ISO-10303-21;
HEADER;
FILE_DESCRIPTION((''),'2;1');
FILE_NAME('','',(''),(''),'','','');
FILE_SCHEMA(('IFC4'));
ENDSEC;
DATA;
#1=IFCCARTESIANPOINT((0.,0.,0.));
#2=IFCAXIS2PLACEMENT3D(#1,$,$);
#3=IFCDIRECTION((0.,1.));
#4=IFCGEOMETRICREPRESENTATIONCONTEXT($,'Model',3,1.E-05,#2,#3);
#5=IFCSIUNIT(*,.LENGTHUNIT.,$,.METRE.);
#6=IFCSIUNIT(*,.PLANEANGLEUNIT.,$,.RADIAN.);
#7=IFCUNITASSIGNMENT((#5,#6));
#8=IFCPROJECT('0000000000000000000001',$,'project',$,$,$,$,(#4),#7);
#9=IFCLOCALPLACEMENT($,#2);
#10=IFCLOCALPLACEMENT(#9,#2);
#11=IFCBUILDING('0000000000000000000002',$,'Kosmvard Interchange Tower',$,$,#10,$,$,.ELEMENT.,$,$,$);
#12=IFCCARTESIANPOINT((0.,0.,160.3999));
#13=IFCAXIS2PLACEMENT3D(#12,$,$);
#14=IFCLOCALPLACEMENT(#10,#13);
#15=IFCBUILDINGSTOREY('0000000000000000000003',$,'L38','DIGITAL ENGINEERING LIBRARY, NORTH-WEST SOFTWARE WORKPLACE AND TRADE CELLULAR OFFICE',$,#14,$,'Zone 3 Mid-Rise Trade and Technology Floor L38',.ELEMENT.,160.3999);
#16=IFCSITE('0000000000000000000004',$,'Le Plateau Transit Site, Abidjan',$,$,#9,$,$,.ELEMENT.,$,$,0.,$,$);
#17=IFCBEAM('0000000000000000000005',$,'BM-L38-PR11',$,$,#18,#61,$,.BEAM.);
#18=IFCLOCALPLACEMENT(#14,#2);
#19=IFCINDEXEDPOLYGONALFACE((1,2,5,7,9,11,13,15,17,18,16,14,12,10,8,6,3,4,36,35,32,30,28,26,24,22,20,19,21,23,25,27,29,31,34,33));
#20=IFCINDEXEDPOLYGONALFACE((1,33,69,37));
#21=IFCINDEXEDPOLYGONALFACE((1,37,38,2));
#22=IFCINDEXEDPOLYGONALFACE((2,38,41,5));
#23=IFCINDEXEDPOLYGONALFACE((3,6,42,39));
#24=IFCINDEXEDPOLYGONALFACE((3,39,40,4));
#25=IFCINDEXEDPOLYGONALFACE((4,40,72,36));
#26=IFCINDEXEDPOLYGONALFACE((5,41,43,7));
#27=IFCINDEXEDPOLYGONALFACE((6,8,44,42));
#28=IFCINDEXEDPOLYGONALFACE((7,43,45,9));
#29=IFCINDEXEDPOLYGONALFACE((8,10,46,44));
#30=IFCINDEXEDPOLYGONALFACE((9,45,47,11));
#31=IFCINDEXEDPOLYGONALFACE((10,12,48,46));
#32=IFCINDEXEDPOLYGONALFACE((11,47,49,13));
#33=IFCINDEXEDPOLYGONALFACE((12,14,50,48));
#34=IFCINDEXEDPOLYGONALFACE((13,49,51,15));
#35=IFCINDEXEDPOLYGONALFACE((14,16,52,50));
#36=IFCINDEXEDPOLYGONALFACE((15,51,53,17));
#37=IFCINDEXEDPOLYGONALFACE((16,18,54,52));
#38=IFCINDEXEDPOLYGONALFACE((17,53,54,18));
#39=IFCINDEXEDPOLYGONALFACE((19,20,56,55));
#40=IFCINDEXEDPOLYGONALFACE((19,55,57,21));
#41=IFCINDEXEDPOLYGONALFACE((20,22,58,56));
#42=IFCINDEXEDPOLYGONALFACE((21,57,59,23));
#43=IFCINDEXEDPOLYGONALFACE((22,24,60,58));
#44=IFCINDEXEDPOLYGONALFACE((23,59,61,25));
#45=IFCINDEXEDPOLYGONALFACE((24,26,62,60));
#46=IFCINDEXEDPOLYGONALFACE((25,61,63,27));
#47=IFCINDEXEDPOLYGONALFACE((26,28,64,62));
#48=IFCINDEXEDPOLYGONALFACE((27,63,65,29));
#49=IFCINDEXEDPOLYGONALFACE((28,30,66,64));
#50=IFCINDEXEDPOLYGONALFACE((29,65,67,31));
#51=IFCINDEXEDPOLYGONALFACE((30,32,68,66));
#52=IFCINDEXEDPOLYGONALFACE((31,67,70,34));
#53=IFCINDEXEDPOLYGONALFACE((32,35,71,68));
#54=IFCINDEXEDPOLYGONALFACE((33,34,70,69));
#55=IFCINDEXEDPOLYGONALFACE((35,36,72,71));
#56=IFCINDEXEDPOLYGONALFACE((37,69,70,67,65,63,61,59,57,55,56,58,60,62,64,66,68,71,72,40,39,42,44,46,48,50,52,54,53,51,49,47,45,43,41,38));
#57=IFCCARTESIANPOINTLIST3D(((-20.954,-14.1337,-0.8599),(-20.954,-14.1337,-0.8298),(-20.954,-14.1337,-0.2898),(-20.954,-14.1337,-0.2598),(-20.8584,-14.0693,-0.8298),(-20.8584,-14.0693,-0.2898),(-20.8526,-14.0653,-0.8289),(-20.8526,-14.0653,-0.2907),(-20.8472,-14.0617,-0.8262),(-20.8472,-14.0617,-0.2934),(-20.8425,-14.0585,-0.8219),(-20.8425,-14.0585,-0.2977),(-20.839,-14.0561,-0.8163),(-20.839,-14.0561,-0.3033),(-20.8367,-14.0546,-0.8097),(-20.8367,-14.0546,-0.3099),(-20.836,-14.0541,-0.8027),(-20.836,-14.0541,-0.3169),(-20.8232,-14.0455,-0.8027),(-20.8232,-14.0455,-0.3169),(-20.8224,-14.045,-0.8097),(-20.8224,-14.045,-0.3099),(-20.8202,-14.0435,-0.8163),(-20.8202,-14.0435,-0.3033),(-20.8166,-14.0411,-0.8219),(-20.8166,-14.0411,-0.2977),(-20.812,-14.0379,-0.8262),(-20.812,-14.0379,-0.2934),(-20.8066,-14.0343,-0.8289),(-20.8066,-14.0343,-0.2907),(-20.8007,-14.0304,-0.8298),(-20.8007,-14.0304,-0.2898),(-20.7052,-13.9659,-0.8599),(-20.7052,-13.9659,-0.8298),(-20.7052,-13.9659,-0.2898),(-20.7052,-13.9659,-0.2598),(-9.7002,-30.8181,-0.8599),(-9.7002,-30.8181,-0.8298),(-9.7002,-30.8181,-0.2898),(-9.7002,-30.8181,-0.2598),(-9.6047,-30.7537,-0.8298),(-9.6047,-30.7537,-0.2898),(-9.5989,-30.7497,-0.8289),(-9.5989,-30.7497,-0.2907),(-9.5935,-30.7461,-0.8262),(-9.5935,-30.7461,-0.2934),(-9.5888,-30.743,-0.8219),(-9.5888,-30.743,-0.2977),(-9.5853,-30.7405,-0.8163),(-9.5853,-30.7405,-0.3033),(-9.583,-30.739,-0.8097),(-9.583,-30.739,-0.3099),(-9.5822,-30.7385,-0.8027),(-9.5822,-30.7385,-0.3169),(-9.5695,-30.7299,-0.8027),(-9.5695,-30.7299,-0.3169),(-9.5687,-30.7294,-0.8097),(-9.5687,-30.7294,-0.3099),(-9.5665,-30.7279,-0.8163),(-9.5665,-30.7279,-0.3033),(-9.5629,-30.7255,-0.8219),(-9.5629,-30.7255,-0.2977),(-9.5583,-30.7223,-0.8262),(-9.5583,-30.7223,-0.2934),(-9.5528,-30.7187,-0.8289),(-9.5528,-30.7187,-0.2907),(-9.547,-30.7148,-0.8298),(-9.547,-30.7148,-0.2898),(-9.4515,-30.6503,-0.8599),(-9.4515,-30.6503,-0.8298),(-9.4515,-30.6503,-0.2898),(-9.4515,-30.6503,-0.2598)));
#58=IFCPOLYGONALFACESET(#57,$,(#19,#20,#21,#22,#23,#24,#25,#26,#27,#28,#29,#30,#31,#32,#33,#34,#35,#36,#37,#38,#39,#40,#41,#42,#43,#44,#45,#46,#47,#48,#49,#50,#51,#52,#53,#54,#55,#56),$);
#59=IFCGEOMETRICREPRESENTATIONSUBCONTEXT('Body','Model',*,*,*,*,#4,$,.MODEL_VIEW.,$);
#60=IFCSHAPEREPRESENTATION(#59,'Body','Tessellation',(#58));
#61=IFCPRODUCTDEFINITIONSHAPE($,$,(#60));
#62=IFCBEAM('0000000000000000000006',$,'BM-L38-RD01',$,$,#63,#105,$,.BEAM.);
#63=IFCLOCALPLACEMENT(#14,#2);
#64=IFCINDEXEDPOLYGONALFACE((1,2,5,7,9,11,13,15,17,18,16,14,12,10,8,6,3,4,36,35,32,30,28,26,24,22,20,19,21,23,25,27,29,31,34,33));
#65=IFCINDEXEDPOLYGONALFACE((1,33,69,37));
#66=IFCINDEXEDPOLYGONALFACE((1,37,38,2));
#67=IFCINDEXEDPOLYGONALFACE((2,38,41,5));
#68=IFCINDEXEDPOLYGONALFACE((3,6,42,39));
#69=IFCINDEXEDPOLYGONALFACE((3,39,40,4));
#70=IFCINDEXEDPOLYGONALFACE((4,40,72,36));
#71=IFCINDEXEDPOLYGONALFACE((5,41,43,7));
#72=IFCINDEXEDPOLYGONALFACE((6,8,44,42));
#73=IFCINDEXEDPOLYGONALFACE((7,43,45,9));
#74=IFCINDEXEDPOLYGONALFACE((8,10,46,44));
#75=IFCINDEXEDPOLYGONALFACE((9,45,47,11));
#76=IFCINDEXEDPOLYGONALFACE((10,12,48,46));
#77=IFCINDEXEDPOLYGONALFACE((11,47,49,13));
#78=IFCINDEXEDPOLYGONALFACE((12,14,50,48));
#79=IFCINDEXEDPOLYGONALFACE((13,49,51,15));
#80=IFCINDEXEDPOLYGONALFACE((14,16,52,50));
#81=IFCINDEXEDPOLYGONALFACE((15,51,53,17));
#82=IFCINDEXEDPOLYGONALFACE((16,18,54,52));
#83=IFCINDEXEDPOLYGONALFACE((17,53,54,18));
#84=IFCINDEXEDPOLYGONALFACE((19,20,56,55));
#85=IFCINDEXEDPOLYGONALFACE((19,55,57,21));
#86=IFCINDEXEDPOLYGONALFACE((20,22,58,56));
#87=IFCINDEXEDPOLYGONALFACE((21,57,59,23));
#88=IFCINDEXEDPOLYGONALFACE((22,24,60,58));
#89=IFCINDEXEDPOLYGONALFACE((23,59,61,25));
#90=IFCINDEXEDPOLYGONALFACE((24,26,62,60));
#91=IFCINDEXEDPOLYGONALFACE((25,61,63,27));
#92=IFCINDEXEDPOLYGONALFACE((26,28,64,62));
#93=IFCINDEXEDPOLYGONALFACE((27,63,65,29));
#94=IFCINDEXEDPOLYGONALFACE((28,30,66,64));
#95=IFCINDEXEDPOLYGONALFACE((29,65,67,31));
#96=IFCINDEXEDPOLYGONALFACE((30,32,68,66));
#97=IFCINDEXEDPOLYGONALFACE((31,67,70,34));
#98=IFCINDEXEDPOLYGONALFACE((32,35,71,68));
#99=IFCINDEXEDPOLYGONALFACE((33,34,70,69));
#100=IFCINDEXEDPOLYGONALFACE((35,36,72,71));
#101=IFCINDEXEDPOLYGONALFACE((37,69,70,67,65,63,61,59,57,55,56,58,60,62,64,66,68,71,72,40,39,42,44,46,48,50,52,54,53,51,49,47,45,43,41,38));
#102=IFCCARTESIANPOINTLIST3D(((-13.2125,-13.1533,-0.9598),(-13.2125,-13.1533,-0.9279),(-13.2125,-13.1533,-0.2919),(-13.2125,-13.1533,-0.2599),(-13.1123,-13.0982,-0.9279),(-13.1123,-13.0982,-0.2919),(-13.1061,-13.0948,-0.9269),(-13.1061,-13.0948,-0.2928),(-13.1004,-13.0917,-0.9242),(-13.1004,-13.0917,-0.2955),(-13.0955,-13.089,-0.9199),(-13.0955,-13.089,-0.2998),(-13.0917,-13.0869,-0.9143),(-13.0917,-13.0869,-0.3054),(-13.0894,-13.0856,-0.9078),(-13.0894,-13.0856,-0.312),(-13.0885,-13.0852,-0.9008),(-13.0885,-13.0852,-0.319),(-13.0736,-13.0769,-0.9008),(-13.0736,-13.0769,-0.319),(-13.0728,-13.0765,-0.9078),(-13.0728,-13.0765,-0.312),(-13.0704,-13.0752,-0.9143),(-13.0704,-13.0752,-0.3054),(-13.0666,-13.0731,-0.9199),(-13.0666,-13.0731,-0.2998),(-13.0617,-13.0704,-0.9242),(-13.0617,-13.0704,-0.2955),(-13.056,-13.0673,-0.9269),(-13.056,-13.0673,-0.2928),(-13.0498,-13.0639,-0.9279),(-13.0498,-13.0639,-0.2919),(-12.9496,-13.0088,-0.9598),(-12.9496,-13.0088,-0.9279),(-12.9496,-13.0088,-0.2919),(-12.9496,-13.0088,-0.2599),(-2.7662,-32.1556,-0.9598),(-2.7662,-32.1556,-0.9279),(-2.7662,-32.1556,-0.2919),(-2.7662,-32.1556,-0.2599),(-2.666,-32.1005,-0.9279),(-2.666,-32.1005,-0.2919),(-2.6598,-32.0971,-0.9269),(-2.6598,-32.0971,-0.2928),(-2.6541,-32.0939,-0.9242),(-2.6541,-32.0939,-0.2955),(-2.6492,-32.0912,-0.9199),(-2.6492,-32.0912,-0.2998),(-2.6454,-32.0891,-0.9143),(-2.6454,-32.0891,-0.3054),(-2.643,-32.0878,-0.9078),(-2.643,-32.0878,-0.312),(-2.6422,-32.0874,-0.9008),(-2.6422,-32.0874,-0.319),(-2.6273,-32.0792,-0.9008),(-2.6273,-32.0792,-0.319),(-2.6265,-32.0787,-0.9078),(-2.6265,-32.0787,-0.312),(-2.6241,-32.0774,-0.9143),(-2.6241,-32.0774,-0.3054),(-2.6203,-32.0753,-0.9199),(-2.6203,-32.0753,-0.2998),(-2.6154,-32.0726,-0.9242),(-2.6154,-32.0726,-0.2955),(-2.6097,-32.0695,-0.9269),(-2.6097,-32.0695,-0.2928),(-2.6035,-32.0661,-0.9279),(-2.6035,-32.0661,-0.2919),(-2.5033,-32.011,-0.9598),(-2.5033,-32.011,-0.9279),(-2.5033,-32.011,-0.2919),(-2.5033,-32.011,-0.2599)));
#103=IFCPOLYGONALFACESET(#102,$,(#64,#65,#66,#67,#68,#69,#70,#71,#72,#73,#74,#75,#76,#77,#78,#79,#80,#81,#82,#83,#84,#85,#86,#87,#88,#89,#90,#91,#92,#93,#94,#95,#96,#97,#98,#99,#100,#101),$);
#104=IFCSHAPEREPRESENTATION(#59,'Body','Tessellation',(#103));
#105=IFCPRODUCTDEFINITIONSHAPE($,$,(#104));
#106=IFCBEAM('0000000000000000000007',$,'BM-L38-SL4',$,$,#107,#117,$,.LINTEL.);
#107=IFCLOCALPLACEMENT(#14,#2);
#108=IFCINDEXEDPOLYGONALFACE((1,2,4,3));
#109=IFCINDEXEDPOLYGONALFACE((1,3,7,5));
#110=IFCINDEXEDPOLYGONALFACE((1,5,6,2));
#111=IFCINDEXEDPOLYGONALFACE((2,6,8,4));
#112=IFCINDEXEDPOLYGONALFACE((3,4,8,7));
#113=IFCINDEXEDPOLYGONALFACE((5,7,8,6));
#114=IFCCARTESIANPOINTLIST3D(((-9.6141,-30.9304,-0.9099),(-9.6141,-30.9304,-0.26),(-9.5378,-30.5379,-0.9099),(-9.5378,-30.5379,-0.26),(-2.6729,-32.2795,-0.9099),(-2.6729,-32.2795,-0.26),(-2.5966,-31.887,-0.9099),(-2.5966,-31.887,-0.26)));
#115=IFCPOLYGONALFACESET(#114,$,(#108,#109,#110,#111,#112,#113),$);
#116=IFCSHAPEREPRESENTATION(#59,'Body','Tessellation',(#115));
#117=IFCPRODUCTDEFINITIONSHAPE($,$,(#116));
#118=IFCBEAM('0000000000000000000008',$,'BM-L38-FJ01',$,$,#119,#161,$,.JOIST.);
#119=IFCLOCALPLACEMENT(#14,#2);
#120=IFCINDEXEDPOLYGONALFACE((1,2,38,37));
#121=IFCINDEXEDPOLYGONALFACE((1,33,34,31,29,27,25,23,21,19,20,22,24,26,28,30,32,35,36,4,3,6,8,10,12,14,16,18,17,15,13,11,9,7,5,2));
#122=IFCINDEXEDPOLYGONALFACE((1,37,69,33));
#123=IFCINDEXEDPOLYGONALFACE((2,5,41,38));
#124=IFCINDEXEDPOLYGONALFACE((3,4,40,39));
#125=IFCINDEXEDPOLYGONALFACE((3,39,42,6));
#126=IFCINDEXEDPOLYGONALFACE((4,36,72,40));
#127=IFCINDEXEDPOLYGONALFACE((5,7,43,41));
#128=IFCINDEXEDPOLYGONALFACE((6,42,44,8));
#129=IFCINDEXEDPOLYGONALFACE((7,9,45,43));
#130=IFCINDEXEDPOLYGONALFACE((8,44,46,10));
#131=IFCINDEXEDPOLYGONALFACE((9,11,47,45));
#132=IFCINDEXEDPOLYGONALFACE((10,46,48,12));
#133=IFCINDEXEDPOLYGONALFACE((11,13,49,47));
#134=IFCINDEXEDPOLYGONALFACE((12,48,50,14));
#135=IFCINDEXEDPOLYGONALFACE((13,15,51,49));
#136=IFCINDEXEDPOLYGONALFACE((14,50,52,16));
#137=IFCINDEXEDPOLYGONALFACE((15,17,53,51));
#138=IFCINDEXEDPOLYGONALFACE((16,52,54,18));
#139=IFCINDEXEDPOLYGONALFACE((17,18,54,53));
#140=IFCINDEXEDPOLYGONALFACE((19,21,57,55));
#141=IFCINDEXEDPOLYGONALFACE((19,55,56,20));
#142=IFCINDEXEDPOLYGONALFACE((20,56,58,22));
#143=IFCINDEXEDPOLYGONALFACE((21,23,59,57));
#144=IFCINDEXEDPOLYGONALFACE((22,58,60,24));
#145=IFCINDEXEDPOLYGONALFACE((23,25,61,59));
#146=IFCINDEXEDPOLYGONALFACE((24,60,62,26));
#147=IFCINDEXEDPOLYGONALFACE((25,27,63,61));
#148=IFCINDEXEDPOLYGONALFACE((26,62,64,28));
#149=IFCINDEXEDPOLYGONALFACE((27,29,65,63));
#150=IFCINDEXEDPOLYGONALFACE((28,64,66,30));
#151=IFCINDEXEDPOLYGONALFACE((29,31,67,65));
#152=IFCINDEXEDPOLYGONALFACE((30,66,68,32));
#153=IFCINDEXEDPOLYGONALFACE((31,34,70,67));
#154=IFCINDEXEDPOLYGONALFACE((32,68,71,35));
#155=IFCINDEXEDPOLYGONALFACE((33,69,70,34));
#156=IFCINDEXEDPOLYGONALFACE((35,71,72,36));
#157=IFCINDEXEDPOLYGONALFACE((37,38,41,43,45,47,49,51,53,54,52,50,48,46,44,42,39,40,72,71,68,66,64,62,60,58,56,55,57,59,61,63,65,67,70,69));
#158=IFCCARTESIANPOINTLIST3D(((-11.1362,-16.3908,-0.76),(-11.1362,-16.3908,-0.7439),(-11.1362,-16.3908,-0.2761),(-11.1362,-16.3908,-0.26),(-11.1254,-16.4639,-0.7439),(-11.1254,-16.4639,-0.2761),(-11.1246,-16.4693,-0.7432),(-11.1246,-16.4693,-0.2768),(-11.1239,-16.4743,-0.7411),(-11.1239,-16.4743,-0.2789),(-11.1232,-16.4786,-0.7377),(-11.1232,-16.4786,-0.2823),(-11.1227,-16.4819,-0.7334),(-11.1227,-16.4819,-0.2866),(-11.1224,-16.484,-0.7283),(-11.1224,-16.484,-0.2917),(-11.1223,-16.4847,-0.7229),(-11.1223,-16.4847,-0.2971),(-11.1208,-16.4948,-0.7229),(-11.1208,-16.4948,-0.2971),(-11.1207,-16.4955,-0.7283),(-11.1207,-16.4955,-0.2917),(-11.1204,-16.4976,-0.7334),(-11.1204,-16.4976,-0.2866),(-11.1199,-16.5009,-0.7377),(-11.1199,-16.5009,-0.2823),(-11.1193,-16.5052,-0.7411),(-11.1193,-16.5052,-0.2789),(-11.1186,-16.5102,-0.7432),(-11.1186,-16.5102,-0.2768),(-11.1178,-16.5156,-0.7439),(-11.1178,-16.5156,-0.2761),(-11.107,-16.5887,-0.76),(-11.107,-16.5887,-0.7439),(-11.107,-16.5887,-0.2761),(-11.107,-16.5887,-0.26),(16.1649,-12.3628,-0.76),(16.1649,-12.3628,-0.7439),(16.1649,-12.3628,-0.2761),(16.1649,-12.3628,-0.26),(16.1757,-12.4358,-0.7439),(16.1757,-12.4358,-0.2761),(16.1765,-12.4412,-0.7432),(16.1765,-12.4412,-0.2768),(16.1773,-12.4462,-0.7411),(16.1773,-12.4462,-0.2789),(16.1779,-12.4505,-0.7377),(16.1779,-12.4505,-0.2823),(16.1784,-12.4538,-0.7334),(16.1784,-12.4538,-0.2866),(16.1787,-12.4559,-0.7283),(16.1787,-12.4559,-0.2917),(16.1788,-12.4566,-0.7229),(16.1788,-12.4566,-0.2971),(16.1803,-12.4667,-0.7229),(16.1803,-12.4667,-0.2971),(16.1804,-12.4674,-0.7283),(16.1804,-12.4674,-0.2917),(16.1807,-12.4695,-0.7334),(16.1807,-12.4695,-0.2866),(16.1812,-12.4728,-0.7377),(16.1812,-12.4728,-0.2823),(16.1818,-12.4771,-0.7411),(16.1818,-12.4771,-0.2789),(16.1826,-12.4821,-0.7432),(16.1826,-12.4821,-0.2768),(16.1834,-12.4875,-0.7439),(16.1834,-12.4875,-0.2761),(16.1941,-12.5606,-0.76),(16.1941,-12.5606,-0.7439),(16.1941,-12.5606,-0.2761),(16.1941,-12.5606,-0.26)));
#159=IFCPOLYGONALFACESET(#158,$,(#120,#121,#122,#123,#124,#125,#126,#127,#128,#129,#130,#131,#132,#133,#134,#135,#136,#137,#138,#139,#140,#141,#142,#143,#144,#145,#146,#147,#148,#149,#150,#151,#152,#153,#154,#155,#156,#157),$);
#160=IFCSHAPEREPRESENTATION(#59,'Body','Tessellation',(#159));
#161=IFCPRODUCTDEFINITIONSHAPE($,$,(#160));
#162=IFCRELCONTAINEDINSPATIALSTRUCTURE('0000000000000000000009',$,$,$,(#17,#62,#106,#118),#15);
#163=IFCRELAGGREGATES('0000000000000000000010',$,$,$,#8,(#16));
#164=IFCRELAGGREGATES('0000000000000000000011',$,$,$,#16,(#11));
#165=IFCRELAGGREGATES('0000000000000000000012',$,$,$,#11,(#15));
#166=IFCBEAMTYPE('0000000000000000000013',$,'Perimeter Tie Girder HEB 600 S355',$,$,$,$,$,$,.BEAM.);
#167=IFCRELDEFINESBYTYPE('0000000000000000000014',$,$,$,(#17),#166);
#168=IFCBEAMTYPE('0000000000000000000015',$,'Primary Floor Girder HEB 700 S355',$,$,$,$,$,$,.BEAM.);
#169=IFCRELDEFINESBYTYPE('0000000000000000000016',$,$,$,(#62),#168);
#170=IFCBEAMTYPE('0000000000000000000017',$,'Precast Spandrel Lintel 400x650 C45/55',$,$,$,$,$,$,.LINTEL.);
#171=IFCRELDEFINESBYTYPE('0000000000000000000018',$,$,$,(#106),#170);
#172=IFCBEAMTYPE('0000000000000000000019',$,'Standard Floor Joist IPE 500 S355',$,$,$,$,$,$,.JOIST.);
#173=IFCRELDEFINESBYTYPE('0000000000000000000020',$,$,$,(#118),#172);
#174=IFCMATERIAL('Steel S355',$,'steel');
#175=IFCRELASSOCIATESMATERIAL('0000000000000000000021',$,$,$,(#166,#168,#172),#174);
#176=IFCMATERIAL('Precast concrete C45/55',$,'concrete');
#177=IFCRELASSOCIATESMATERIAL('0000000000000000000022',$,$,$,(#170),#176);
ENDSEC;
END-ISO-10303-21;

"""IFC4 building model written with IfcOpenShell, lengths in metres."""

from ifc_helpers import new_model, si_unit, direction, frame, origin, origin_2d, place, context, subcontext, project, spatial, rectangle, i_section, extrude, source, transform, mapped, material, material_profile, profile_set, type_object, element, save


model = new_model("IFC4")

# Units and contexts
model_context = context("Model", 3, precision=1e-05, world=origin(), true_north=direction((0.0, 1.0)))
body_context = subcontext(model_context, "Body", "Model", "MODEL_VIEW")
ifc_project = project(units=[si_unit("LENGTHUNIT", "METRE"), si_unit("PLANEANGLEUNIT", "RADIAN")], contexts=[model_context])

# Site, building, storey
site_placement = place(None, origin())
site = spatial("IfcSite", under=ifc_project, at=site_placement, Name="Le Plateau Transit Site, Abidjan", CompositionType="ELEMENT", RefElevation=0.0)
building_placement = place(site_placement, origin())
building = spatial("IfcBuilding", under=site, at=building_placement, Name="Kosmvard Interchange Tower", CompositionType="ELEMENT")
storey_placement = place(building_placement, frame((0.0, 0.0, 160.3999)))
storey = spatial("IfcBuildingStorey", under=building, at=storey_placement, Name="L38", Description="DIGITAL ENGINEERING LIBRARY, NORTH-WEST SOFTWARE WORKPLACE AND TRADE CELLULAR OFFICE", LongName="Zone 3 Mid-Rise Trade and Technology Floor L38", CompositionType="ELEMENT", Elevation=160.3999)

# Beams
ifc_material_1 = material(Name="Steel S355", Category="steel")
ifc_material_profile_1 = material_profile(ifc_material_1, i_section(OverallWidth=0.3, OverallDepth=0.6001, WebThickness=0.0154, FlangeThickness=0.03, FilletRadius=0.0271, at=origin_2d()), Name="HEB 600")
ifc_profile_set_1 = profile_set([ifc_material_profile_1], Name="Steel S355")
beam_type_1 = type_object("IfcBeamType", Name="Perimeter Tie Girder HEB 600 S355", PredefinedType="BEAM", material=ifc_profile_set_1)
shared_shape_1 = source(origin(), body_context, "Body", "SweptSolid", [
    extrude(i_section(OverallWidth=0.3, OverallDepth=0.6001, WebThickness=0.0154, FlangeThickness=0.03, FilletRadius=0.0271, at=origin_2d()), origin(), (0.0, 0.0, 1.0), 20.125),
])
for number, where, z_axis, x_axis, name in (
    (1, (-20.8296, -14.0498, -0.5598), (0.559191, -0.829039, 0.0), (0.829039, 0.559191, 0.0), "BM-L38-PR11"),
):
    element("IfcBeam", number, at=place(storey_placement, frame(where, z_axis=z_axis, x_axis=x_axis)), inside=storey, type_object=beam_type_1, Name=name, PredefinedType="BEAM", context=body_context, shape_type="MappedRepresentation", body=[
        mapped(shared_shape_1, transform((0.0, 0.0, 0.0), scale=1.0)),
    ])
ifc_material_profile_2 = material_profile(ifc_material_1, i_section(OverallWidth=0.3, OverallDepth=0.7, WebThickness=0.0171, FlangeThickness=0.032, FilletRadius=0.0271, at=origin_2d()), Name="HEB 700")
ifc_profile_set_2 = profile_set([ifc_material_profile_2], Name="Steel S355")
beam_type_2 = type_object("IfcBeamType", Name="Primary Floor Girder HEB 700 S355", PredefinedType="BEAM", material=ifc_profile_set_2)
shared_shape_2 = source(origin(), body_context, "Body", "SweptSolid", [
    extrude(i_section(OverallWidth=0.3, OverallDepth=0.7, WebThickness=0.0171, FlangeThickness=0.032, FilletRadius=0.0271, at=origin_2d()), origin(), (0.0, 0.0, 1.0), 21.6843),
])
beam_1_placement = place(storey_placement, frame((-13.0811, -13.0811, -0.6099), z_axis=(0.481745, -0.876312, 0.0), x_axis=(0.876312, 0.481745, 0.0)))
element("IfcBeam", 2, at=beam_1_placement, inside=storey, type_object=beam_type_2, Name="BM-L38-RD01", PredefinedType="BEAM", context=body_context, shape_type="MappedRepresentation", body=[
    mapped(shared_shape_2, transform((0.0, 0.0, 0.0), scale=1.0)),
])
ifc_material_2 = material(Name="Precast concrete C45/55", Category="concrete")
ifc_material_profile_3 = material_profile(ifc_material_2, rectangle(XDim=0.3999, YDim=0.6499, at=origin_2d()), Name="SL 400x650")
ifc_profile_set_3 = profile_set([ifc_material_profile_3], Name="Precast concrete C45/55")
beam_type_3 = type_object("IfcBeamType", Name="Precast Spandrel Lintel 400x650 C45/55", PredefinedType="LINTEL", material=ifc_profile_set_3)
shared_shape_3 = source(origin(), body_context, "Body", "SweptSolid", [
    extrude(rectangle(XDim=0.3999, YDim=0.6499, at=origin_2d()), origin(), (0.0, 0.0, 1.0), 7.071),
])
beam_2_placement = place(storey_placement, frame((-9.5759, -30.7341, -0.585), z_axis=(0.98163, -0.190795, 0.0), x_axis=(0.190795, 0.98163, 0.0)))
element("IfcBeam", 3, at=beam_2_placement, inside=storey, type_object=beam_type_3, Name="BM-L38-SL4", PredefinedType="LINTEL", context=body_context, shape_type="MappedRepresentation", body=[
    mapped(shared_shape_3, transform((0.0, 0.0, 0.0), scale=1.0)),
])
ifc_material_profile_4 = material_profile(ifc_material_1, i_section(OverallWidth=0.2, OverallDepth=0.5, WebThickness=0.0103, FlangeThickness=0.0161, FilletRadius=0.021, at=origin_2d()), Name="IPE 500")
ifc_profile_set_4 = profile_set([ifc_material_profile_4], Name="Steel S355")
beam_type_4 = type_object("IfcBeamType", Name="Standard Floor Joist IPE 500 S355", PredefinedType="JOIST", material=ifc_profile_set_4)
shared_shape_4 = source(origin(), body_context, "Body", "SweptSolid", [
    extrude(i_section(OverallWidth=0.2, OverallDepth=0.5, WebThickness=0.0103, FlangeThickness=0.0161, FilletRadius=0.021, at=origin_2d()), origin(), (0.0, 0.0, 1.0), 27.5967),
])
beam_3_placement = place(storey_placement, frame((-11.1216, -16.4897, -0.51), z_axis=(0.98929, 0.145963, 0.0), x_axis=(-0.145963, 0.98929, 0.0)))
element("IfcBeam", 4, at=beam_3_placement, inside=storey, type_object=beam_type_4, Name="BM-L38-FJ01", PredefinedType="JOIST", context=body_context, shape_type="MappedRepresentation", body=[
    mapped(shared_shape_4, transform((0.0, 0.0, 0.0), scale=1.0)),
])

save(model, "model.ifc")
